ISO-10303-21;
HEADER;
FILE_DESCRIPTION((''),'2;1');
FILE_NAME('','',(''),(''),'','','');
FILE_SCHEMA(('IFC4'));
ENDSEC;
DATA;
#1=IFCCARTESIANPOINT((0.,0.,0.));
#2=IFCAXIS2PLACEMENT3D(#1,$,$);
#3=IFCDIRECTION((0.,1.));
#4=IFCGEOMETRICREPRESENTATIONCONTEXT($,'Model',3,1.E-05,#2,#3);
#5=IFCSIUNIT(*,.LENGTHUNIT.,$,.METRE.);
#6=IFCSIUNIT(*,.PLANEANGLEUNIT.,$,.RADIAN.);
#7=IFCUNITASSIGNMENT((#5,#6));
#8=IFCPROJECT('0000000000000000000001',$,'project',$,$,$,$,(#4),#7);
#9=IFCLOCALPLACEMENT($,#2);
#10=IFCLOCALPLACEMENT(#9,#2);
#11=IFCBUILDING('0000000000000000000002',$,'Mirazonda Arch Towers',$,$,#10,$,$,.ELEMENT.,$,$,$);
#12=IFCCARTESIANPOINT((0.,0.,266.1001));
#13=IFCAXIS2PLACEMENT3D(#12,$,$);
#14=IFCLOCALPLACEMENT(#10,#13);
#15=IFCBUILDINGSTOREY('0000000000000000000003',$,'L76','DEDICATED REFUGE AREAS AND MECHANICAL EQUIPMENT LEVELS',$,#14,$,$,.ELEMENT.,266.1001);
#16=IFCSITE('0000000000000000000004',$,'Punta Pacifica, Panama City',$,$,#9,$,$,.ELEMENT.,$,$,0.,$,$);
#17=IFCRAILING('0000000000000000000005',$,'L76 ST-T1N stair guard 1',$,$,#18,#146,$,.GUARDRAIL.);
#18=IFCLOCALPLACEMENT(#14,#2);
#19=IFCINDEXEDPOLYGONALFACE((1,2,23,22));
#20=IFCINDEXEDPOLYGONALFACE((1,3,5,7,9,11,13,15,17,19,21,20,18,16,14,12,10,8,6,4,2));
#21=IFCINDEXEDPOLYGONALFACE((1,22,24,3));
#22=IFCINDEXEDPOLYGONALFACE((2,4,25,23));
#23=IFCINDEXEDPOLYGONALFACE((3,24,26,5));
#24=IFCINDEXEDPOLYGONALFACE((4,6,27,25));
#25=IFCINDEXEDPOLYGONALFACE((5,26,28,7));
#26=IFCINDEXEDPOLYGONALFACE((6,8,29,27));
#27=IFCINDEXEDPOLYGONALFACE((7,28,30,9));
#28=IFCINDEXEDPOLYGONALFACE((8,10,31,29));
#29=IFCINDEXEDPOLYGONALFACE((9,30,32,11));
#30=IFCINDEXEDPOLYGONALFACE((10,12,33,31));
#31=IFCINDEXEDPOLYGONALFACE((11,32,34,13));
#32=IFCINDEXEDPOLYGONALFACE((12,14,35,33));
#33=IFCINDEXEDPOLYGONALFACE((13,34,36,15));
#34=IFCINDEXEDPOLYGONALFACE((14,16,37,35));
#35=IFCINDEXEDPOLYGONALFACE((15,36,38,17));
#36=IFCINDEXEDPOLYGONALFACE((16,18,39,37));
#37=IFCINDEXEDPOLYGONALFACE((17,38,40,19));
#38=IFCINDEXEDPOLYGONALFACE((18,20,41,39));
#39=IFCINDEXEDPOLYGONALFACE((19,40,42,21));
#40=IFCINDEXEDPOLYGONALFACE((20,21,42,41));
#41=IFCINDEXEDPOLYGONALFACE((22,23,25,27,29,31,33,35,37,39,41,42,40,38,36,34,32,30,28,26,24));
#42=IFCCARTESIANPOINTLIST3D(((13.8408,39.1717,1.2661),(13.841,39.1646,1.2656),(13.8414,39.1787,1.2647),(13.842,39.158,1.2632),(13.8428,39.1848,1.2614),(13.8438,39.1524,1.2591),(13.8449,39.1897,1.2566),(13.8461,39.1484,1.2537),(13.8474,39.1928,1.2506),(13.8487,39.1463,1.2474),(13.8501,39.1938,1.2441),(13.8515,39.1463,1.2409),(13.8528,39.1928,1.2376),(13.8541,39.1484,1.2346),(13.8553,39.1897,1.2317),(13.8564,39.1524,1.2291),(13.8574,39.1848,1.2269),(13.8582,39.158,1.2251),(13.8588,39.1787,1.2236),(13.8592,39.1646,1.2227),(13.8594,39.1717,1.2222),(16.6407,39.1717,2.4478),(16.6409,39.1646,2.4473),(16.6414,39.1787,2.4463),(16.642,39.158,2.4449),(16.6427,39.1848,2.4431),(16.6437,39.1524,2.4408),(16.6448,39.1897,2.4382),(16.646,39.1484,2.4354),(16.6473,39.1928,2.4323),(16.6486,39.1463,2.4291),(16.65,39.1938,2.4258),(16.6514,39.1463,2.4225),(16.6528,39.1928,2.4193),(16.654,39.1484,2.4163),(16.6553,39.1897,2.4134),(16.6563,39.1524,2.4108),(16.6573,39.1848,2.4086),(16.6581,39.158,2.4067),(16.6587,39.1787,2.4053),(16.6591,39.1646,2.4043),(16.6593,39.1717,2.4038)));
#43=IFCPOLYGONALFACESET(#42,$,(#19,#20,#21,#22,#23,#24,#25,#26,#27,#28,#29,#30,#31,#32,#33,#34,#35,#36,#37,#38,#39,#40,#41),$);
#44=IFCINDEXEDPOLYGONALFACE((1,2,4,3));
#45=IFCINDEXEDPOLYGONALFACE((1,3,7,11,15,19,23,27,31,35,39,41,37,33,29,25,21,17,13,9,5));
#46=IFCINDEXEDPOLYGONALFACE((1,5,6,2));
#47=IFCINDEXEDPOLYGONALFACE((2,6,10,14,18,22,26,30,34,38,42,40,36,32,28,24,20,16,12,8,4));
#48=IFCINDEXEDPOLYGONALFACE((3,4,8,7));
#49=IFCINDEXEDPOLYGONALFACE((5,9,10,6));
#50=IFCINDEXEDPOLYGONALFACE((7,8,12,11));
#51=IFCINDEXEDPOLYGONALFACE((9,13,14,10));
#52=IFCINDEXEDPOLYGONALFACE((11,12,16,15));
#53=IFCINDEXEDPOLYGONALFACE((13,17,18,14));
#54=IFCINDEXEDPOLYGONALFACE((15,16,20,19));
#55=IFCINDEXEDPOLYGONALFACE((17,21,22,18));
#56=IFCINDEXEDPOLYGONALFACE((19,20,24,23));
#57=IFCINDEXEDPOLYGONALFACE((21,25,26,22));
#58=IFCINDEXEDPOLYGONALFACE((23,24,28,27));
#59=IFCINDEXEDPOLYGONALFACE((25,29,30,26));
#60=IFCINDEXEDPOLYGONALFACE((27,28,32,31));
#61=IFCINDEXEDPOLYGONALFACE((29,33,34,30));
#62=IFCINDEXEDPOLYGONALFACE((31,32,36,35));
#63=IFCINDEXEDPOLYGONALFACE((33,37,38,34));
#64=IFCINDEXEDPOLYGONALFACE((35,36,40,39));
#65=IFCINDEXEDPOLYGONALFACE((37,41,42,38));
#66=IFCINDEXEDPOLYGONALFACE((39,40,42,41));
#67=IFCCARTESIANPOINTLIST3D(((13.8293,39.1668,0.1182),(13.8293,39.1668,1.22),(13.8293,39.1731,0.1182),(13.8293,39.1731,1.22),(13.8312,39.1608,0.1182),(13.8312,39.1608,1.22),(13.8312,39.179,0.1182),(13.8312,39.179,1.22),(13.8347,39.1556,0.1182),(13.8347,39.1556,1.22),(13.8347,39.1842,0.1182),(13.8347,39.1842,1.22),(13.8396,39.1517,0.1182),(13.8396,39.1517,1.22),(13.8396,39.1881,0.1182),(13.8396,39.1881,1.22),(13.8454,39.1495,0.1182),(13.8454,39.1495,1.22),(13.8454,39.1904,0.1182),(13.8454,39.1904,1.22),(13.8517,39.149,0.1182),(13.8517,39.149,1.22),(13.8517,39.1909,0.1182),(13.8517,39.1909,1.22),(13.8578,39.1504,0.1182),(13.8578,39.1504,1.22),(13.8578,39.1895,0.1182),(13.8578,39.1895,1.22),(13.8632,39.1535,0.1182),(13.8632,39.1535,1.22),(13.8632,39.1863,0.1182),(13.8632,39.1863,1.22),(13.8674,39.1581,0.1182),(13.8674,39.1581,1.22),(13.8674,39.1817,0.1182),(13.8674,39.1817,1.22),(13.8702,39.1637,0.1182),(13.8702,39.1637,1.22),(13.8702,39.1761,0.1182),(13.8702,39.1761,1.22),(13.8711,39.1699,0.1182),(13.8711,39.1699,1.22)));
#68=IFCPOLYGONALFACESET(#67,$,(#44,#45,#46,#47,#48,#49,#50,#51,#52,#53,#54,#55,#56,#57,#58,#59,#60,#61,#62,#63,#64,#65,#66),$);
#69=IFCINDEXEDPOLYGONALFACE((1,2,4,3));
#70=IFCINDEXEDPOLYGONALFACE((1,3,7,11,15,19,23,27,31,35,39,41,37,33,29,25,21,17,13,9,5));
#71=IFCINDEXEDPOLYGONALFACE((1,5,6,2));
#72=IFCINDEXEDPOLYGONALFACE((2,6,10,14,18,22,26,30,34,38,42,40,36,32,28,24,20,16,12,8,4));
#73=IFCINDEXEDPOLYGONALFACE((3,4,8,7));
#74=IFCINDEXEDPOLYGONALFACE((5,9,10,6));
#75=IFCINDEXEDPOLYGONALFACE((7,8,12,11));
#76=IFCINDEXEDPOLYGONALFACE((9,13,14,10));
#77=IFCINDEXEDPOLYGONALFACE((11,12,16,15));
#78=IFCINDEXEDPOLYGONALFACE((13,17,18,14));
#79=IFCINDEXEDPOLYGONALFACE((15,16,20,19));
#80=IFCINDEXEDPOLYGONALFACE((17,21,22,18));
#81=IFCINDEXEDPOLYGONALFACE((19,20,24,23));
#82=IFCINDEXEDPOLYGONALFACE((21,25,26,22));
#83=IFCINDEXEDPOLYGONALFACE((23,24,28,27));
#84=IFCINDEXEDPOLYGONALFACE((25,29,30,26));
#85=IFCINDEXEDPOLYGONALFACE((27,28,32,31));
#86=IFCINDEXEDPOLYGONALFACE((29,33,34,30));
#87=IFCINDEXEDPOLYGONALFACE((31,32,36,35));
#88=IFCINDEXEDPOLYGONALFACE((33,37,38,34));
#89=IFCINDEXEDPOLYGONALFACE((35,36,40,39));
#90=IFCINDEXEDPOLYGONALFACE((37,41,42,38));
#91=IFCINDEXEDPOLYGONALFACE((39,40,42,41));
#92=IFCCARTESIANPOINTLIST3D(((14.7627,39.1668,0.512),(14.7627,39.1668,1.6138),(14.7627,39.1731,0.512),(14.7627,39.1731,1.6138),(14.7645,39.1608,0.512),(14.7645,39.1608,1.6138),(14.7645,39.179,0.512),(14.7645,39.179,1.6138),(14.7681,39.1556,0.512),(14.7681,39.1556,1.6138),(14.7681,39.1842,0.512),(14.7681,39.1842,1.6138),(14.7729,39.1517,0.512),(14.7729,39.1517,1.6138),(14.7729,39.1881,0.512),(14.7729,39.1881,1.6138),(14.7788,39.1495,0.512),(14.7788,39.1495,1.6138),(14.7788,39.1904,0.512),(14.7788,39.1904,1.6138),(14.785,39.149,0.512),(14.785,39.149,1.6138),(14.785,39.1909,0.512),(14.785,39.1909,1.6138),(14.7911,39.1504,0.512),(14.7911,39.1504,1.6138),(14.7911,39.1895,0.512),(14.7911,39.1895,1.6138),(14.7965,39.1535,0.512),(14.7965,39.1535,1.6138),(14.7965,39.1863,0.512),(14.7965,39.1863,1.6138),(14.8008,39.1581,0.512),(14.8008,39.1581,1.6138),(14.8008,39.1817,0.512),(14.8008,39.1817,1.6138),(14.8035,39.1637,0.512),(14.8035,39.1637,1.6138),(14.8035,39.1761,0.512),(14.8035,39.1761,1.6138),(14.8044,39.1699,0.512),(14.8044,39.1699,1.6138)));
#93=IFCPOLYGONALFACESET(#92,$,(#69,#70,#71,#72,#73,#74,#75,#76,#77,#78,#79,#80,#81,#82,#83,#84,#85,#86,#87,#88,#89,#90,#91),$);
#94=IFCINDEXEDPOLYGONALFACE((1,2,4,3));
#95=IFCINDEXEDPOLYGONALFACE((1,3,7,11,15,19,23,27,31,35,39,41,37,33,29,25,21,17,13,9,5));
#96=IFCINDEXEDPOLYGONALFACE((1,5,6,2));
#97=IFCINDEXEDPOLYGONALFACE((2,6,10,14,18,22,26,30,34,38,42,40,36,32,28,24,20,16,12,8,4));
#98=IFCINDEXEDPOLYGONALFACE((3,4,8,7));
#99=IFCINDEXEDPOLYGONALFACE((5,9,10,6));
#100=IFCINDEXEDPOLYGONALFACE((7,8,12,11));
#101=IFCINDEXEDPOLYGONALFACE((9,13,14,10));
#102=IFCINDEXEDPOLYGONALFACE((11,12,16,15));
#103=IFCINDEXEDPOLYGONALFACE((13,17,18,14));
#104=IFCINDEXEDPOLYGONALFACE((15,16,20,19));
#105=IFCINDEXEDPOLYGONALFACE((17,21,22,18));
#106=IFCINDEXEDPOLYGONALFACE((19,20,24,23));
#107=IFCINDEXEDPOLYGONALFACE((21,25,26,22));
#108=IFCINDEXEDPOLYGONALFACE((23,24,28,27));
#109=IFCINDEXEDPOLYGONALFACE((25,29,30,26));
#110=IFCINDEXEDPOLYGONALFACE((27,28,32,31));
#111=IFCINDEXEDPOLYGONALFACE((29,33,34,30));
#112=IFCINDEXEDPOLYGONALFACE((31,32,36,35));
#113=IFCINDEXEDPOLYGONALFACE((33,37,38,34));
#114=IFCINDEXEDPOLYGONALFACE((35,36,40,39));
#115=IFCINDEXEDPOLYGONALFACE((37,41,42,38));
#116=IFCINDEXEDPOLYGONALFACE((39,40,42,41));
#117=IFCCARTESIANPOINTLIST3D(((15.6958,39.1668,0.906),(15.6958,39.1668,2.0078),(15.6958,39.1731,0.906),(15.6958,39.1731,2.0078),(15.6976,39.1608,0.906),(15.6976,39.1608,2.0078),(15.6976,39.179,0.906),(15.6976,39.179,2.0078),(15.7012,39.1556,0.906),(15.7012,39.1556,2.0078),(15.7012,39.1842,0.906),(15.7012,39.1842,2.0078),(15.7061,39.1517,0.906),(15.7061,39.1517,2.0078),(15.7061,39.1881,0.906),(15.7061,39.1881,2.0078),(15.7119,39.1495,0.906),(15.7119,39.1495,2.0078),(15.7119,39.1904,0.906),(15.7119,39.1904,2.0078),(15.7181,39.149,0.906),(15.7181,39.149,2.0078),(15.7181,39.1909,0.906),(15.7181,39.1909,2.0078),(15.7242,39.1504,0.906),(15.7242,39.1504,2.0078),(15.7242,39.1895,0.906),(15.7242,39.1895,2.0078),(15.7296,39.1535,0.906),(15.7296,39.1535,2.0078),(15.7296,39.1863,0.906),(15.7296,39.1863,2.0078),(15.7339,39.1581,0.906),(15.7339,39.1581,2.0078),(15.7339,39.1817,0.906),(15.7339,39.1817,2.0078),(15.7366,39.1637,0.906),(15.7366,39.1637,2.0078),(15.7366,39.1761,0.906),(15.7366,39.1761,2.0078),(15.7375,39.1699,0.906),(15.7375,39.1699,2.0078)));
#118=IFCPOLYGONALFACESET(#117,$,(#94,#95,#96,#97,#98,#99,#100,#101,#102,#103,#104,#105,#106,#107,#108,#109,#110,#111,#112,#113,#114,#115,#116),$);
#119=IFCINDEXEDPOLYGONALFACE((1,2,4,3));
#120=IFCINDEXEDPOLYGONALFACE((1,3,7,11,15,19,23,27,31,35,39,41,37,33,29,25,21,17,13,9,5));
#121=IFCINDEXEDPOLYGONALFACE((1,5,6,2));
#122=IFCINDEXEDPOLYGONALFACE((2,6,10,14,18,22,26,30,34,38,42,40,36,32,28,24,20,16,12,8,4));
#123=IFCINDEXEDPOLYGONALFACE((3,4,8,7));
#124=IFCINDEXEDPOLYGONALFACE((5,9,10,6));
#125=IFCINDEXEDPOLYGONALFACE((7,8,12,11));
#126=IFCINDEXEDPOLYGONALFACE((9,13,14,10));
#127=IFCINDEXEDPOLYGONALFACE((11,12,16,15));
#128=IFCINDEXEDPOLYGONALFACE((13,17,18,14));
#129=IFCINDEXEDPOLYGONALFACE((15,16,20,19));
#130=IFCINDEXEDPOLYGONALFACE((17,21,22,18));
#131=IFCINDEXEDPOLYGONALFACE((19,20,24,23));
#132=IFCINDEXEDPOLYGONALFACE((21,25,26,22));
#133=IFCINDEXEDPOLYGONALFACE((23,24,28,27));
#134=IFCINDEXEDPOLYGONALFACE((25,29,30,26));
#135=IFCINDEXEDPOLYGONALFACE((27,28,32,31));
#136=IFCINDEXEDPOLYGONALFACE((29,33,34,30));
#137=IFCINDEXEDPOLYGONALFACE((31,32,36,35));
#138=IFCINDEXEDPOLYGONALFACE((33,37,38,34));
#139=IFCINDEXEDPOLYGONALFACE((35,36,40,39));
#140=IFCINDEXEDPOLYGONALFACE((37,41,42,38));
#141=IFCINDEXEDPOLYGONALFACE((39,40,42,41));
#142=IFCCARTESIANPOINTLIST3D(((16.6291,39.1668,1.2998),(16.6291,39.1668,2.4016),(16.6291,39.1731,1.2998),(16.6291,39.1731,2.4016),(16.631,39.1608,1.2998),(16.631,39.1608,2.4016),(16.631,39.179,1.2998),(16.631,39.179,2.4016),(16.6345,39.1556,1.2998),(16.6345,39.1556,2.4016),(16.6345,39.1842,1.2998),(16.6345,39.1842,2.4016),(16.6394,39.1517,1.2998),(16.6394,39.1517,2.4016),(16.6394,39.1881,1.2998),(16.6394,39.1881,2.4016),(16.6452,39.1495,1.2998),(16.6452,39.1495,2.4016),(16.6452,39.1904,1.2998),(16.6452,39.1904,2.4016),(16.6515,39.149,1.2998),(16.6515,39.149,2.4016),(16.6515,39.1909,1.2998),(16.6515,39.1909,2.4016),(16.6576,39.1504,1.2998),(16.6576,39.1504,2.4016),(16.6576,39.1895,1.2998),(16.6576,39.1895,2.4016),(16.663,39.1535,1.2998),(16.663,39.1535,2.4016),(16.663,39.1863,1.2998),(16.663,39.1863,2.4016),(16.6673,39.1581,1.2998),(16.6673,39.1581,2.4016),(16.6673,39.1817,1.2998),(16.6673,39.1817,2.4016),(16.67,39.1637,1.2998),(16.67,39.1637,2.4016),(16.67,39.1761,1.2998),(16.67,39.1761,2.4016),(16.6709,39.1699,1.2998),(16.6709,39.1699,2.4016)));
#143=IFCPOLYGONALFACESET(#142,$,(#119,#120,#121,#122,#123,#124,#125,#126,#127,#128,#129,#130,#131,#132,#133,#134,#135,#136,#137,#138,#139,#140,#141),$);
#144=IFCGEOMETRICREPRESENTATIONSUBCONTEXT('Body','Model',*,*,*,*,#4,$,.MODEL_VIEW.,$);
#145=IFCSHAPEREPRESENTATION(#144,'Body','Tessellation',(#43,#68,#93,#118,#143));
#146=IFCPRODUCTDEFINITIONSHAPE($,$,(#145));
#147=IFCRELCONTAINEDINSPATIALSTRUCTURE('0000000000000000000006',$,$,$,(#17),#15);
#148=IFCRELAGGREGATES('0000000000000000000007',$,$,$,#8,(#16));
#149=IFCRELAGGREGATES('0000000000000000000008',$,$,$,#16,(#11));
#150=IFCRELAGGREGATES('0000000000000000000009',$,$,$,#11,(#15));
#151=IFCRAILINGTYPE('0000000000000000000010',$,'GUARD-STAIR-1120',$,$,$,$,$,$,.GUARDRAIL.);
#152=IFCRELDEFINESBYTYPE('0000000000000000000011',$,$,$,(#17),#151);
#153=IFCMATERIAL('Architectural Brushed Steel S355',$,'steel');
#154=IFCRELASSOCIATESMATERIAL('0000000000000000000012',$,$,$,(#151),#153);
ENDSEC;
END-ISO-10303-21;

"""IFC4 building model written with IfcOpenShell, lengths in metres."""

from ifc_helpers import new_model, si_unit, direction, frame, origin, origin_2d, place, context, subcontext, project, spatial, circle, extrude, material, type_object, element, save


model = new_model("IFC4")

# Units and contexts
model_context = context("Model", 3, precision=1e-05, world=origin(), true_north=direction((0.0, 1.0)))
body_context = subcontext(model_context, "Body", "Model", "MODEL_VIEW")
ifc_project = project(units=[si_unit("LENGTHUNIT", "METRE"), si_unit("PLANEANGLEUNIT", "RADIAN")], contexts=[model_context])

# Site, building, storey
site_placement = place(None, origin())
site = spatial("IfcSite", under=ifc_project, at=site_placement, Name="Punta Pacifica, Panama City", CompositionType="ELEMENT", RefElevation=0.0)
building_placement = place(site_placement, origin())
building = spatial("IfcBuilding", under=site, at=building_placement, Name="Mirazonda Arch Towers", CompositionType="ELEMENT")
storey_placement = place(building_placement, frame((0.0, 0.0, 266.1001)))
storey = spatial("IfcBuildingStorey", under=building, at=storey_placement, Name="L76", Description="DEDICATED REFUGE AREAS AND MECHANICAL EQUIPMENT LEVELS", CompositionType="ELEMENT", Elevation=266.1001)

# Railing
ifc_material_1 = material(Name="Architectural Brushed Steel S355", Category="steel")
railing_type_1 = type_object("IfcRailingType", Name="GUARD-STAIR-1120", PredefinedType="GUARDRAIL", material=ifc_material_1)
railing_1_placement = place(storey_placement, frame((13.8501, 39.1699, 0.1182)))
element("IfcRailing", 1, at=railing_1_placement, inside=storey, type_object=railing_type_1, Name="L76 ST-T1N stair guard 1", PredefinedType="GUARDRAIL", context=body_context, shape_type="SweptSolid", body=[
    extrude(circle(Radius=0.0239, at=origin_2d()), frame((0.0, 0.0, 1.126), z_axis=(0.921308, 0.0, 0.388833), x_axis=(0.0, 1.0, 0.0)), (0.0, 0.0, 1.0), 3.0391),
    extrude(circle(Radius=0.021, at=origin_2d()), origin(), (0.0, 0.0, 1.0), 1.1018),
    extrude(circle(Radius=0.021, at=origin_2d()), frame((0.9333, 0.0, 0.3938)), (0.0, 0.0, 1.0), 1.1018),
    extrude(circle(Radius=0.021, at=origin_2d()), frame((1.8665, 0.0, 0.7878)), (0.0, 0.0, 1.0), 1.1018),
    extrude(circle(Radius=0.021, at=origin_2d()), frame((2.7998, 0.0, 1.1816)), (0.0, 0.0, 1.0), 1.1018),
])

save(model, "model.ifc")
